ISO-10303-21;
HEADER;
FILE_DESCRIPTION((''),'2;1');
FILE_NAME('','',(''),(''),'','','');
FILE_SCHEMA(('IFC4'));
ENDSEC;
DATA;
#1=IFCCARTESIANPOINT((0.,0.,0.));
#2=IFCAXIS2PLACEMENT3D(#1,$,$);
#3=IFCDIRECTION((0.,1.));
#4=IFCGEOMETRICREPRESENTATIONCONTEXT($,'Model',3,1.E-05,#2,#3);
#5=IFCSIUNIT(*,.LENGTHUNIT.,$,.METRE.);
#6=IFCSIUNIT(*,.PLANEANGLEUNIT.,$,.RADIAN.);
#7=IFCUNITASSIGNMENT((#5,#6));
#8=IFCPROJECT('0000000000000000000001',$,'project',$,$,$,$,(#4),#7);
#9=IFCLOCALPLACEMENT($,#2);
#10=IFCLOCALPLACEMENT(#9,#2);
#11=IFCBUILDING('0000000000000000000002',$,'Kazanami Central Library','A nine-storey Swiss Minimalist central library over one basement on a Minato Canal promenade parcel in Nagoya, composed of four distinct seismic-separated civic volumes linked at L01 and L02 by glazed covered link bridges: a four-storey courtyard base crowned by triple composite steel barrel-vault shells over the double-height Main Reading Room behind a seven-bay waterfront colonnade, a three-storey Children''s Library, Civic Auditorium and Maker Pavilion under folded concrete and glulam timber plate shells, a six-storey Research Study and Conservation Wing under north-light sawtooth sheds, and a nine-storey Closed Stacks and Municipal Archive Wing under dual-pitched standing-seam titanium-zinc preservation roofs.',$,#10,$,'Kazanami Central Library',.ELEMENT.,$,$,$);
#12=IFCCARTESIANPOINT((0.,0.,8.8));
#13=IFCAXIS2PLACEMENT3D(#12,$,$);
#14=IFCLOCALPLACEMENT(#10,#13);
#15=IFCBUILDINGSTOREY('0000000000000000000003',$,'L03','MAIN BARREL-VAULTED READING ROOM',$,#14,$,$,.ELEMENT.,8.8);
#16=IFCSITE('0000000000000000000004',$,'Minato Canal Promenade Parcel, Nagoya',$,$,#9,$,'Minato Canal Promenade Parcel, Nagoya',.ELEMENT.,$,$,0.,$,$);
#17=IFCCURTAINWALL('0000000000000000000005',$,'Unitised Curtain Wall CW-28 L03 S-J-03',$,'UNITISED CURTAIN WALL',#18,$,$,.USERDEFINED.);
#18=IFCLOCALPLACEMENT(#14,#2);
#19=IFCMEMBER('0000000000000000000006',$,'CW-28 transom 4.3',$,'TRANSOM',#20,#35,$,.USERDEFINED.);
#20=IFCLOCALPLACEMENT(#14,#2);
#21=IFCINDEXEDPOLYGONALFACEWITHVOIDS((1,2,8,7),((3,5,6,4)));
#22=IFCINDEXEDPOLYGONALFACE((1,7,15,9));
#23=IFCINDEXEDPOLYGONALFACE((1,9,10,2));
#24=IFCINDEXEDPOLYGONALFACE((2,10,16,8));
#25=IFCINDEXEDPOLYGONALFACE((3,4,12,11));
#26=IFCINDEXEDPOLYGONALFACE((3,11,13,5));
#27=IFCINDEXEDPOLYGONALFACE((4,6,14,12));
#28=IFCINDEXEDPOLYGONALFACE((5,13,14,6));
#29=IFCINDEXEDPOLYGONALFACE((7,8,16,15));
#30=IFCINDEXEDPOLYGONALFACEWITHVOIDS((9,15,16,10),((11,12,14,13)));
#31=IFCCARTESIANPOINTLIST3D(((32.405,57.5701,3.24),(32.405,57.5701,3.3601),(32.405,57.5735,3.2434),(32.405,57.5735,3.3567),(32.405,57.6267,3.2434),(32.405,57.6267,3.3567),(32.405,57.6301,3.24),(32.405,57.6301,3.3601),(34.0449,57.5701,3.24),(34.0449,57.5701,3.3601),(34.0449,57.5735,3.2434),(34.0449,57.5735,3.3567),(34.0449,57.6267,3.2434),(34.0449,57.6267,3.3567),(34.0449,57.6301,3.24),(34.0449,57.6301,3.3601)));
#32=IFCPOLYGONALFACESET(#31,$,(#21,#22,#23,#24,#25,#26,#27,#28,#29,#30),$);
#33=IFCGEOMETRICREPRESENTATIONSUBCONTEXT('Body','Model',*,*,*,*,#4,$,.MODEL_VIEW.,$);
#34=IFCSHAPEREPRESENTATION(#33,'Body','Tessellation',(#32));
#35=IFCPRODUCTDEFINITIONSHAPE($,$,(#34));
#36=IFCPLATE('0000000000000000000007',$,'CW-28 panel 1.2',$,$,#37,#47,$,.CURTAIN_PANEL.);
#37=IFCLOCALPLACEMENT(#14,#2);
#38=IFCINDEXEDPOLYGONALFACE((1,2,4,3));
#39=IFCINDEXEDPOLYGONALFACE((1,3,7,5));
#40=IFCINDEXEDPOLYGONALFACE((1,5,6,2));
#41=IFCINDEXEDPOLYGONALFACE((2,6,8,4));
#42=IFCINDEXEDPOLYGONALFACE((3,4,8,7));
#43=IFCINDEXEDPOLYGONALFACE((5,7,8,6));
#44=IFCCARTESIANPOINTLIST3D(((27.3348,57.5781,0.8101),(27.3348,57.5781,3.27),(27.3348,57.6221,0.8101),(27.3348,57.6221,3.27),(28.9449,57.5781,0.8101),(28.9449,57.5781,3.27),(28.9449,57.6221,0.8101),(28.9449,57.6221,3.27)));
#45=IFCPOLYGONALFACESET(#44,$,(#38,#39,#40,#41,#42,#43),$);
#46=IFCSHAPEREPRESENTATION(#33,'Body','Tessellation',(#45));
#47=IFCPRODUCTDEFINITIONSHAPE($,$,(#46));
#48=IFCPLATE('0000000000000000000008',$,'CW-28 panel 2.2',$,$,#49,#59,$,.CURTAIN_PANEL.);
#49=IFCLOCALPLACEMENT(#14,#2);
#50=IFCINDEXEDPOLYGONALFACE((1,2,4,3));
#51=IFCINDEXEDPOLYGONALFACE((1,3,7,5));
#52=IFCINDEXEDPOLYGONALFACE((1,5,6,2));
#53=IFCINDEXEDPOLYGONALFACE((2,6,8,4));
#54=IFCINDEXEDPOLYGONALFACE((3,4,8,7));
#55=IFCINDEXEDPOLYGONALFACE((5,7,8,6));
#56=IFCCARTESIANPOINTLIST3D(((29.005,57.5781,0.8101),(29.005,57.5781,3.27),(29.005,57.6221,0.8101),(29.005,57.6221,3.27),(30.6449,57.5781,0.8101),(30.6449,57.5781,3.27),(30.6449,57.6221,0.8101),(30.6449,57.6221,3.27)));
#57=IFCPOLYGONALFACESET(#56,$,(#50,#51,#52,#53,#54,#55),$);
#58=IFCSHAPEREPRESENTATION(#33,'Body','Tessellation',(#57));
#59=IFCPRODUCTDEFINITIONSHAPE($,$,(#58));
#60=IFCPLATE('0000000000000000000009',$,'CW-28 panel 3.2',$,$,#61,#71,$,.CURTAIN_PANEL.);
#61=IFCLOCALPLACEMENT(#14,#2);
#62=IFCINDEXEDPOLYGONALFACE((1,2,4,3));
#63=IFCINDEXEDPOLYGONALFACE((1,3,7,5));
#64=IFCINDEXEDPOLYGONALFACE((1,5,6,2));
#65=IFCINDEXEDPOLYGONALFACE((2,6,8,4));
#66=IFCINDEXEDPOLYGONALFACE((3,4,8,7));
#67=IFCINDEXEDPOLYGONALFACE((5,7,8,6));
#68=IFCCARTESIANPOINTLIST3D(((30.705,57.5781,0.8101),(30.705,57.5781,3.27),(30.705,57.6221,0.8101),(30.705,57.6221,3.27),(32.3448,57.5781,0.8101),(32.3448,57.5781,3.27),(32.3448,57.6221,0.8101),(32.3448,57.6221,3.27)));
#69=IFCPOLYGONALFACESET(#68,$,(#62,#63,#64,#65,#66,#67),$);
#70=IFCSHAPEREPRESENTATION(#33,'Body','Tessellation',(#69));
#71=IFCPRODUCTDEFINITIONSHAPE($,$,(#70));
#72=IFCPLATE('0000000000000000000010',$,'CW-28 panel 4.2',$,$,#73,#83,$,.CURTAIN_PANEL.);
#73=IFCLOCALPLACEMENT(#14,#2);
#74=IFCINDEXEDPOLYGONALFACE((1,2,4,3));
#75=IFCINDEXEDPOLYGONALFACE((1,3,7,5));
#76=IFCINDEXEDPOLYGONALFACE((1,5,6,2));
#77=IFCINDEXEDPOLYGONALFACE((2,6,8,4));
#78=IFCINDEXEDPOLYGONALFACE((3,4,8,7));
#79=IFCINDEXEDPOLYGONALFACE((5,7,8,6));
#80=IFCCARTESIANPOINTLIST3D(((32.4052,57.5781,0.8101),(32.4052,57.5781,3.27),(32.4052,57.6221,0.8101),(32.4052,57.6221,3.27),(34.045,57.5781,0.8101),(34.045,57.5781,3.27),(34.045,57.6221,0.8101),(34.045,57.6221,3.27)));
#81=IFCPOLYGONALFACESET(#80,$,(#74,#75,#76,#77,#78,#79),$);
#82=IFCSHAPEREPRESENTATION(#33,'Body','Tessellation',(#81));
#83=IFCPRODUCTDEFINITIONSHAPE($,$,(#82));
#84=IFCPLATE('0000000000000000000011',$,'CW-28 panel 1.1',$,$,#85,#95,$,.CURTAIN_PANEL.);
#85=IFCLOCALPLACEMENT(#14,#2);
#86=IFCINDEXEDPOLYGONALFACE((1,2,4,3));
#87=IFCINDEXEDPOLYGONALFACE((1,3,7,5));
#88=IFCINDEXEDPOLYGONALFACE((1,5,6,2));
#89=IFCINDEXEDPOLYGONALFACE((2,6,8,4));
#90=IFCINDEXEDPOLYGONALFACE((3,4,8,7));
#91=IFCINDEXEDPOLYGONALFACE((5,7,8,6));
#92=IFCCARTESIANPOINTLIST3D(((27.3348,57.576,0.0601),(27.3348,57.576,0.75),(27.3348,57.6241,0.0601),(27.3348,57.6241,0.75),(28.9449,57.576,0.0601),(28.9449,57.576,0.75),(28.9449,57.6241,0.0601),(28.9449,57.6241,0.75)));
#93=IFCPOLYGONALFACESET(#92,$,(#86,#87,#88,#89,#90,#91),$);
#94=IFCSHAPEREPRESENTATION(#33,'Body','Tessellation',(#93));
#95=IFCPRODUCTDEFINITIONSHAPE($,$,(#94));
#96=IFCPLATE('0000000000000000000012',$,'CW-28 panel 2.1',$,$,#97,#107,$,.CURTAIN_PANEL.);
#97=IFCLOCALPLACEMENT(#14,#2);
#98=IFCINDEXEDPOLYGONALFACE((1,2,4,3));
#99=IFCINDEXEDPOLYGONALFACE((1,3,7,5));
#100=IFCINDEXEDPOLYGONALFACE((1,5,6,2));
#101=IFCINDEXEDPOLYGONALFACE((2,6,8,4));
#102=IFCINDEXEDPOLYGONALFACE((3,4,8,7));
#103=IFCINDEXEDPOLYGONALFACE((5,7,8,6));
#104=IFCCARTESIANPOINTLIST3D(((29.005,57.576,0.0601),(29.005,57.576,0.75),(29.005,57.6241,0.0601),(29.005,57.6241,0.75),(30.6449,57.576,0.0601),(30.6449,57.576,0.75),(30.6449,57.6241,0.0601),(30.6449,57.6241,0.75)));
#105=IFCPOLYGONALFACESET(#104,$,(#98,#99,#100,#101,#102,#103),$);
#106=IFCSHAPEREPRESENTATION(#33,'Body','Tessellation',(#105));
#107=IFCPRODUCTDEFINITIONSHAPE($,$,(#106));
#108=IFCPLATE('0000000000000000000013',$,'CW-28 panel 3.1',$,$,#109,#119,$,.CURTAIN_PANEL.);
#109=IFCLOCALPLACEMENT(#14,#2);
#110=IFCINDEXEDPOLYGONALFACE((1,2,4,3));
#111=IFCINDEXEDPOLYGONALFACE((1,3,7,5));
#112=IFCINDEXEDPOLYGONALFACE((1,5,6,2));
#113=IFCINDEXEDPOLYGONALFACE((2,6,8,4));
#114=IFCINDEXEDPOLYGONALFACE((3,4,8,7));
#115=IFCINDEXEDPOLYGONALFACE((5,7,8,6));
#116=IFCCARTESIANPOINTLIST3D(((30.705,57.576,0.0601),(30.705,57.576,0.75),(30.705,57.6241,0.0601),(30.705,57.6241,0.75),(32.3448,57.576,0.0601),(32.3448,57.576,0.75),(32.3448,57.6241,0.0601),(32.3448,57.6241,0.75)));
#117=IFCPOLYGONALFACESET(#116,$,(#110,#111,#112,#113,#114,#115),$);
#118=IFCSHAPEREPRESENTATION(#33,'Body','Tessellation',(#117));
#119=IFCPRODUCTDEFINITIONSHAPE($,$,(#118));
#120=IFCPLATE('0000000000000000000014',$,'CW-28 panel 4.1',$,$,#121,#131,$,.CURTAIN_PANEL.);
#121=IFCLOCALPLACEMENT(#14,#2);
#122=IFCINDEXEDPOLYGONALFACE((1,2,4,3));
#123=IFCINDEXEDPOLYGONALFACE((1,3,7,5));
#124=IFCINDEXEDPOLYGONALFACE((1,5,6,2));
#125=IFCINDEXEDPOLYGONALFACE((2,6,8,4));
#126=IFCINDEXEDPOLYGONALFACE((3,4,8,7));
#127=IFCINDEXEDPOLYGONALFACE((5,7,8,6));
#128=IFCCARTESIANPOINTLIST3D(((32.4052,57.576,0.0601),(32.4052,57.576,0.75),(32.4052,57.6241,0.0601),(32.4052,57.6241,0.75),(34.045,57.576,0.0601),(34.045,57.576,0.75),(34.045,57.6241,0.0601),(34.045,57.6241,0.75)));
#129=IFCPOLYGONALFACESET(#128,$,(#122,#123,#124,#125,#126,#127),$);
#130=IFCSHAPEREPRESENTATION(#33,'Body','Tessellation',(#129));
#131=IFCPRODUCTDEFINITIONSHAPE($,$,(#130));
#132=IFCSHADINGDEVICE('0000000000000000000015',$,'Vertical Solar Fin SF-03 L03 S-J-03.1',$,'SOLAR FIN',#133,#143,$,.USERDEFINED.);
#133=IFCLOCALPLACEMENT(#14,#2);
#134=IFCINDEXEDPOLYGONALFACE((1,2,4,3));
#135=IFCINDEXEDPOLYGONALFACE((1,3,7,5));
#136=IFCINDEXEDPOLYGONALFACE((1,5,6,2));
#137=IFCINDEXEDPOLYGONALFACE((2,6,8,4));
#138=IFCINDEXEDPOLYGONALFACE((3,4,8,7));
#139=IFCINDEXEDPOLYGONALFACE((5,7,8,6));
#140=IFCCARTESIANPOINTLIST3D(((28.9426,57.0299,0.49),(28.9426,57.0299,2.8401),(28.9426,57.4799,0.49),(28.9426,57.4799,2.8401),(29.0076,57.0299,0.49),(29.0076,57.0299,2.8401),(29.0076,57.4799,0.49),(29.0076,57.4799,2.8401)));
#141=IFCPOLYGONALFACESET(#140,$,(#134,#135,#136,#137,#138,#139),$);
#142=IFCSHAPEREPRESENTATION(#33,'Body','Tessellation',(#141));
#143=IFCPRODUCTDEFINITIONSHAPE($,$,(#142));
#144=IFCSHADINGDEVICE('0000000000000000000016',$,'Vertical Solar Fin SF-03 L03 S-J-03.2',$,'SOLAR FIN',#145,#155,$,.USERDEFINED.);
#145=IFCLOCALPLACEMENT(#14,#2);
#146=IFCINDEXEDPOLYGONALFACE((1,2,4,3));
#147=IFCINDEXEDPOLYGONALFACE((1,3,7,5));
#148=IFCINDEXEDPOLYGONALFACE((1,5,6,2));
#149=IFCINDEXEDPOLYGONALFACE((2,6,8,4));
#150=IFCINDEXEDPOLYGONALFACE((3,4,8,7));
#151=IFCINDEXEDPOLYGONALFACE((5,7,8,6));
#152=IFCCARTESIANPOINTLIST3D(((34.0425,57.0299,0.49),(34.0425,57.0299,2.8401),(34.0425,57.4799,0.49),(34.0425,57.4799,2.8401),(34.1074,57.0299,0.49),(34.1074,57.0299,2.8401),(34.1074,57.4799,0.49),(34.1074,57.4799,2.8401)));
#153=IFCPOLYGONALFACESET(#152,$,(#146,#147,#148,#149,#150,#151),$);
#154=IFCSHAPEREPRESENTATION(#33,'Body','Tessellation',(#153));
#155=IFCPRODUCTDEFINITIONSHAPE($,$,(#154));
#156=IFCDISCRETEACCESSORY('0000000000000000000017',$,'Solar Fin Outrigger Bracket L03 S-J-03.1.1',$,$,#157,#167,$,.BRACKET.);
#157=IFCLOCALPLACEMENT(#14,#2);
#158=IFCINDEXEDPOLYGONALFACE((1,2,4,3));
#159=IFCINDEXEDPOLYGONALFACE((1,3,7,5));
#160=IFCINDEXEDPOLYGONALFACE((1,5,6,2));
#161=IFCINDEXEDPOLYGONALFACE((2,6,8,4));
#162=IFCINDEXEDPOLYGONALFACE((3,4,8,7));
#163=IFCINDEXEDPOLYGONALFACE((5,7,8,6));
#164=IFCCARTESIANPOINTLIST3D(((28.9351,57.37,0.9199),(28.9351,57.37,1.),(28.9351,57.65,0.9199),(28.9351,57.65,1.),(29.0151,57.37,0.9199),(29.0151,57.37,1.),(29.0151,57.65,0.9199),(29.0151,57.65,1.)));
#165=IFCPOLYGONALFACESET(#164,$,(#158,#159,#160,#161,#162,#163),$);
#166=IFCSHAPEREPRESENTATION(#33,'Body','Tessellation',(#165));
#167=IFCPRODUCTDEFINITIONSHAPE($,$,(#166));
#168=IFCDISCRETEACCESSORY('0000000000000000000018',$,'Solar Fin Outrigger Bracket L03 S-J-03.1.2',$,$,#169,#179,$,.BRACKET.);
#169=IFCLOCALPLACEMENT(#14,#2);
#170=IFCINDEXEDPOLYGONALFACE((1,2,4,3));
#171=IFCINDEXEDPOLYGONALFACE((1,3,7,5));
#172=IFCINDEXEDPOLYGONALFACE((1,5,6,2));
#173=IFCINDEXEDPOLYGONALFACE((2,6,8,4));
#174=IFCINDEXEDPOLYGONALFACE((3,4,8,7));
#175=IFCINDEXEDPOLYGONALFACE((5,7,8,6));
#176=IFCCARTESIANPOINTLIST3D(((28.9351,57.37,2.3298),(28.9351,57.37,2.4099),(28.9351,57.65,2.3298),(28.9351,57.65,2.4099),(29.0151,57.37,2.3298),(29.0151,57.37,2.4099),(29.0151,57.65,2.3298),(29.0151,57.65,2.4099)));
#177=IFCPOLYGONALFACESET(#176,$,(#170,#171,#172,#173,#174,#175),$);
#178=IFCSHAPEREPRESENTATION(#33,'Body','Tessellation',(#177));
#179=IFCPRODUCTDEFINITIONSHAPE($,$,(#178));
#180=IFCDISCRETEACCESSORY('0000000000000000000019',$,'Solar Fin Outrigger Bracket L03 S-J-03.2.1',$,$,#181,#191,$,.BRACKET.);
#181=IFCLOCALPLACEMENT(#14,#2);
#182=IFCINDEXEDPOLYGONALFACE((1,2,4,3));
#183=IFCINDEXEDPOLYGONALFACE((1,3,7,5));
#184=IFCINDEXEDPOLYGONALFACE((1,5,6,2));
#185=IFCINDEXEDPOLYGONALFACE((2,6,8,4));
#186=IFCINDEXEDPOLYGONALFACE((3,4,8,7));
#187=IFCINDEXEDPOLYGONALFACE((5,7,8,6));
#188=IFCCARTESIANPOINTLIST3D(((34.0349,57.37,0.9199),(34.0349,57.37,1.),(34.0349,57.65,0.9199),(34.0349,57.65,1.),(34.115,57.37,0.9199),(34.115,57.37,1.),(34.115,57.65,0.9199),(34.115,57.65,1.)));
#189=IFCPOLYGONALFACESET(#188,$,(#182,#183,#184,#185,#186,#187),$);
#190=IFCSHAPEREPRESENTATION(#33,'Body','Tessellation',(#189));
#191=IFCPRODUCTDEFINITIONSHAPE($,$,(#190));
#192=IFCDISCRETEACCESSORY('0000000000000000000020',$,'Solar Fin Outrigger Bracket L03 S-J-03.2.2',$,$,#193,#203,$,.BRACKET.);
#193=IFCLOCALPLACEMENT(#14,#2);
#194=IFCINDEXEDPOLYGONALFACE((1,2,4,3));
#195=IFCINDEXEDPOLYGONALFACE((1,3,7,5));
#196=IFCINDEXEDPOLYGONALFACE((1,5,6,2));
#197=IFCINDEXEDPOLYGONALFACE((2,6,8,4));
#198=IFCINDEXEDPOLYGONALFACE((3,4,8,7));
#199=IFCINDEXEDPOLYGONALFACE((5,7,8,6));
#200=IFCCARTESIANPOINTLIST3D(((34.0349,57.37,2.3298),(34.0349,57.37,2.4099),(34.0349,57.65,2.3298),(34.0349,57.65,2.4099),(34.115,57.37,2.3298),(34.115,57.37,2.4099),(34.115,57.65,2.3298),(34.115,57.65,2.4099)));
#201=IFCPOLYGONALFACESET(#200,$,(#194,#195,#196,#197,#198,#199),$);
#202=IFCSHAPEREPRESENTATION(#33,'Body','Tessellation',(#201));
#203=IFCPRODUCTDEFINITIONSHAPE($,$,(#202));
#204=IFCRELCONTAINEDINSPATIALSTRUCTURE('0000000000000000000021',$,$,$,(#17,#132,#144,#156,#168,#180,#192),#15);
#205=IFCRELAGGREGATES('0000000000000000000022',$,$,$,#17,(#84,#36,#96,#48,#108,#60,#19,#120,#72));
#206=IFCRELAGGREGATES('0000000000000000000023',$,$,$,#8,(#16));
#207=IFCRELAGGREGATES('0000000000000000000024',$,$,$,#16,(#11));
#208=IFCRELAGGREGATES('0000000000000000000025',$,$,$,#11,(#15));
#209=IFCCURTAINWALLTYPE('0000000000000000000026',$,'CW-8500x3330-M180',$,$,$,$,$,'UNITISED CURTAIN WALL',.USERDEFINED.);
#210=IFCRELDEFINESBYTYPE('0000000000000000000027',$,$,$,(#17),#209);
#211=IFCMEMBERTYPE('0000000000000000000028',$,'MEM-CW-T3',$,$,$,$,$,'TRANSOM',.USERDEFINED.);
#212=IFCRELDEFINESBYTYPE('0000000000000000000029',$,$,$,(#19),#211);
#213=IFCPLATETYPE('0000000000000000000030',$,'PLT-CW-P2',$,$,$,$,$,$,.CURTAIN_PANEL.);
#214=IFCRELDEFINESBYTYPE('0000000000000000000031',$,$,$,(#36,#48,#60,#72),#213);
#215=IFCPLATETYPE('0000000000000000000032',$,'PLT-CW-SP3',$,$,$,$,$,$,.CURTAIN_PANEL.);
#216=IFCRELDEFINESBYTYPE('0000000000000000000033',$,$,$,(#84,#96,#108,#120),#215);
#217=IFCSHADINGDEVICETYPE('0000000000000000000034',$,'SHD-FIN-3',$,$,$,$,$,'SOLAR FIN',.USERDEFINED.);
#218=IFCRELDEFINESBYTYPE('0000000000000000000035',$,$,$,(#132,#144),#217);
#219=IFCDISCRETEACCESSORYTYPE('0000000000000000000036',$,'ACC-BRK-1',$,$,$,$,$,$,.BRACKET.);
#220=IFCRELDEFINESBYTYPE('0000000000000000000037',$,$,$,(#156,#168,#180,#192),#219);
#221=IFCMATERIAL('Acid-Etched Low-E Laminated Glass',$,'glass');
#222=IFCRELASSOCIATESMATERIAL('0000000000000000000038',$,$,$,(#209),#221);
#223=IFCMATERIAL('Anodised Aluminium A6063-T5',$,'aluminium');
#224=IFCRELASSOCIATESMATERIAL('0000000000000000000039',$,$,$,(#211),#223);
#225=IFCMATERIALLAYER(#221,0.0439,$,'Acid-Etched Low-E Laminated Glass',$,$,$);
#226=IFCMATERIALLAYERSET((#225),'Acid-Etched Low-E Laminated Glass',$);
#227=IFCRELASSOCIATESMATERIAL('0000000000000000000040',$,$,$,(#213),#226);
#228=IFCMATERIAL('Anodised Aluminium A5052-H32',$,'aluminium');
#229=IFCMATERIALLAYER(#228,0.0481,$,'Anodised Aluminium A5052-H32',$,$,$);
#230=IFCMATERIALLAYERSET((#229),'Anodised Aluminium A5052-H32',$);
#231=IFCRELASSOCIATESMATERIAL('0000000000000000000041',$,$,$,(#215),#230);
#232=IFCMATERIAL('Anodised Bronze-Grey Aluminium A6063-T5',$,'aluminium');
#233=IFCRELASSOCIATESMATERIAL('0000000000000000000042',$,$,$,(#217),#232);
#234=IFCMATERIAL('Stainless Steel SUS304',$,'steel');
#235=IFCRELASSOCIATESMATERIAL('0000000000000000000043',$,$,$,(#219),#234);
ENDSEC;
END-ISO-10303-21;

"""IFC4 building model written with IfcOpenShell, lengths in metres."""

from ifc_helpers import new_model, si_unit, direction, frame, origin, origin_2d, place, context, subcontext, project, spatial, rectangle, hollow_rectangle, extrude, material, layer, layer_set, material_profile, profile_set, type_object, element, aggregate, save


model = new_model("IFC4")

# Units and contexts
model_context = context("Model", 3, precision=1e-05, world=origin(), true_north=direction((0.0, 1.0)))
body_context = subcontext(model_context, "Body", "Model", "MODEL_VIEW")
ifc_project = project(units=[si_unit("LENGTHUNIT", "METRE"), si_unit("PLANEANGLEUNIT", "RADIAN")], contexts=[model_context])

# Site, building, storey
site_placement = place(None, origin())
site = spatial("IfcSite", under=ifc_project, at=site_placement, Name="Minato Canal Promenade Parcel, Nagoya", LongName="Minato Canal Promenade Parcel, Nagoya", CompositionType="ELEMENT", RefElevation=0.0)
building_placement = place(site_placement, origin())
building = spatial("IfcBuilding", under=site, at=building_placement, Name="Kazanami Central Library", Description="A nine-storey Swiss Minimalist central library over one basement on a Minato Canal promenade parcel in Nagoya, composed of four distinct seismic-separated civic volumes linked at L01 and L02 by glazed covered link bridges: a four-storey courtyard base crowned by triple composite steel barrel-vault shells over the double-height Main Reading Room behind a seven-bay waterfront colonnade, a three-storey Children's Library, Civic Auditorium and Maker Pavilion under folded concrete and glulam timber plate shells, a six-storey Research Study and Conservation Wing under north-light sawtooth sheds, and a nine-storey Closed Stacks and Municipal Archive Wing under dual-pitched standing-seam titanium-zinc preservation roofs.", LongName="Kazanami Central Library", CompositionType="ELEMENT")
storey_placement = place(building_placement, frame((0.0, 0.0, 8.8)))
storey = spatial("IfcBuildingStorey", under=building, at=storey_placement, Name="L03", Description="MAIN BARREL-VAULTED READING ROOM", CompositionType="ELEMENT", Elevation=8.8)

# Curtain wall, member, plates
ifc_material_1 = material(Name="Acid-Etched Low-E Laminated Glass", Category="glass")
curtain_wall_type = type_object("IfcCurtainWallType", Name="CW-8500x3330-M180", ElementType="UNITISED CURTAIN WALL", PredefinedType="USERDEFINED", material=ifc_material_1)
curtain_wall_placement = place(storey_placement, origin())
curtain_wall = element("IfcCurtainWall", 1, at=curtain_wall_placement, inside=storey, type_object=curtain_wall_type, Name="Unitised Curtain Wall CW-28 L03 S-J-03", ObjectType="UNITISED CURTAIN WALL", PredefinedType="USERDEFINED")
ifc_material_2 = material(Name="Anodised Aluminium A6063-T5", Category="aluminium")
ifc_material_profile_1 = material_profile(ifc_material_2, hollow_rectangle(XDim=0.0601, YDim=0.1201, WallThickness=0.0034, at=origin_2d()), Name="ALU-TRAN-60x120x3.5")
ifc_profile_set_1 = profile_set([ifc_material_profile_1], Name="Anodised Aluminium A6063-T5")
member_type_1 = type_object("IfcMemberType", Name="MEM-CW-T3", ElementType="TRANSOM", PredefinedType="USERDEFINED", material=ifc_profile_set_1)
member_1_placement = place(storey_placement, frame((32.405, 57.6001, 3.3), z_axis=(1.0, 0.0, 0.0), x_axis=(0.0, 1.0, 0.0)))
member_1 = element("IfcMember", 2, at=member_1_placement, type_object=member_type_1, Name="CW-28 transom 4.3", ObjectType="TRANSOM", PredefinedType="USERDEFINED", context=body_context, shape_type="SweptSolid", body=[
    extrude(hollow_rectangle(XDim=0.0601, YDim=0.1201, WallThickness=0.0034, at=origin_2d()), origin(), (0.0, 0.0, 1.0), 1.6399),
])
ifc_layer_1 = layer(ifc_material_1, 0.0439, Name="Acid-Etched Low-E Laminated Glass")
ifc_layer_set_1 = layer_set([ifc_layer_1], Name="Acid-Etched Low-E Laminated Glass")
plate_type_1 = type_object("IfcPlateType", Name="PLT-CW-P2", PredefinedType="CURTAIN_PANEL", material=ifc_layer_set_1)
plate_1_placement = place(storey_placement, frame((28.1399, 57.6001, 0.8101), z_axis=(0.0, 0.0, 1.0), x_axis=(1.0, 0.0, 0.0)))
plate_1 = element("IfcPlate", 3, at=plate_1_placement, type_object=plate_type_1, Name="CW-28 panel 1.2", PredefinedType="CURTAIN_PANEL", context=body_context, shape_type="SweptSolid", body=[
    extrude(rectangle(XDim=1.6101, YDim=0.0439, at=origin_2d()), origin(), (0.0, 0.0, 1.0), 2.46),
])
plate_2_placement = place(storey_placement, frame((29.825, 57.6001, 0.8101), z_axis=(0.0, 0.0, 1.0), x_axis=(1.0, 0.0, 0.0)))
plate_2 = element("IfcPlate", 4, at=plate_2_placement, type_object=plate_type_1, Name="CW-28 panel 2.2", PredefinedType="CURTAIN_PANEL", context=body_context, shape_type="SweptSolid", body=[
    extrude(rectangle(XDim=1.6399, YDim=0.0439, at=origin_2d()), origin(), (0.0, 0.0, 1.0), 2.46),
])
plate_3_placement = place(storey_placement, frame((31.5249, 57.6001, 0.8101), z_axis=(0.0, 0.0, 1.0), x_axis=(1.0, 0.0, 0.0)))
plate_3 = element("IfcPlate", 5, at=plate_3_placement, type_object=plate_type_1, Name="CW-28 panel 3.2", PredefinedType="CURTAIN_PANEL", context=body_context, shape_type="SweptSolid", body=[
    extrude(rectangle(XDim=1.6399, YDim=0.0439, at=origin_2d()), origin(), (0.0, 0.0, 1.0), 2.46),
])
plate_4_placement = place(storey_placement, frame((33.2251, 57.6001, 0.8101), z_axis=(0.0, 0.0, 1.0), x_axis=(1.0, 0.0, 0.0)))
plate_4 = element("IfcPlate", 6, at=plate_4_placement, type_object=plate_type_1, Name="CW-28 panel 4.2", PredefinedType="CURTAIN_PANEL", context=body_context, shape_type="SweptSolid", body=[
    extrude(rectangle(XDim=1.6399, YDim=0.0439, at=origin_2d()), origin(), (0.0, 0.0, 1.0), 2.46),
])
ifc_material_3 = material(Name="Anodised Aluminium A5052-H32", Category="aluminium")
ifc_layer_2 = layer(ifc_material_3, 0.0481, Name="Anodised Aluminium A5052-H32")
ifc_layer_set_2 = layer_set([ifc_layer_2], Name="Anodised Aluminium A5052-H32")
plate_type_2 = type_object("IfcPlateType", Name="PLT-CW-SP3", PredefinedType="CURTAIN_PANEL", material=ifc_layer_set_2)
plate_5_placement = place(storey_placement, frame((28.1399, 57.6001, 0.0601), z_axis=(0.0, 0.0, 1.0), x_axis=(1.0, 0.0, 0.0)))
plate_5 = element("IfcPlate", 7, at=plate_5_placement, type_object=plate_type_2, Name="CW-28 panel 1.1", PredefinedType="CURTAIN_PANEL", context=body_context, shape_type="SweptSolid", body=[
    extrude(rectangle(XDim=1.6101, YDim=0.0481, at=origin_2d()), origin(), (0.0, 0.0, 1.0), 0.6899),
])
plate_6_placement = place(storey_placement, frame((29.825, 57.6001, 0.0601), z_axis=(0.0, 0.0, 1.0), x_axis=(1.0, 0.0, 0.0)))
plate_6 = element("IfcPlate", 8, at=plate_6_placement, type_object=plate_type_2, Name="CW-28 panel 2.1", PredefinedType="CURTAIN_PANEL", context=body_context, shape_type="SweptSolid", body=[
    extrude(rectangle(XDim=1.6399, YDim=0.0481, at=origin_2d()), origin(), (0.0, 0.0, 1.0), 0.6899),
])
plate_7_placement = place(storey_placement, frame((31.5249, 57.6001, 0.0601), z_axis=(0.0, 0.0, 1.0), x_axis=(1.0, 0.0, 0.0)))
plate_7 = element("IfcPlate", 9, at=plate_7_placement, type_object=plate_type_2, Name="CW-28 panel 3.1", PredefinedType="CURTAIN_PANEL", context=body_context, shape_type="SweptSolid", body=[
    extrude(rectangle(XDim=1.6399, YDim=0.0481, at=origin_2d()), origin(), (0.0, 0.0, 1.0), 0.6899),
])
plate_8_placement = place(storey_placement, frame((33.2251, 57.6001, 0.0601), z_axis=(0.0, 0.0, 1.0), x_axis=(1.0, 0.0, 0.0)))
plate_8 = element("IfcPlate", 10, at=plate_8_placement, type_object=plate_type_2, Name="CW-28 panel 4.1", PredefinedType="CURTAIN_PANEL", context=body_context, shape_type="SweptSolid", body=[
    extrude(rectangle(XDim=1.6399, YDim=0.0481, at=origin_2d()), origin(), (0.0, 0.0, 1.0), 0.6899),
])
aggregate(curtain_wall, [plate_5, plate_1, plate_6, plate_2, plate_7, plate_3, member_1, plate_8, plate_4])

# Shading devices
ifc_material_4 = material(Name="Anodised Bronze-Grey Aluminium A6063-T5", Category="aluminium")
shading_device_type = type_object("IfcShadingDeviceType", Name="SHD-FIN-3", ElementType="SOLAR FIN", PredefinedType="USERDEFINED", material=ifc_material_4)
for number, where, z_axis, x_axis, name in (
    (11, (28.9751, 57.2549, 0.49), (0.0, 0.0, 1.0), (1.0, 0.0, 0.0), "Vertical Solar Fin SF-03 L03 S-J-03.1"),
    (12, (34.075, 57.2549, 0.49), (0.0, 0.0, 1.0), (1.0, 0.0, 0.0), "Vertical Solar Fin SF-03 L03 S-J-03.2"),
):
    element("IfcShadingDevice", number, at=place(storey_placement, frame(where, z_axis=z_axis, x_axis=x_axis)), inside=storey, type_object=shading_device_type, Name=name, ObjectType="SOLAR FIN", PredefinedType="USERDEFINED", context=body_context, shape_type="SweptSolid", body=[
        extrude(rectangle(XDim=0.0649, YDim=0.45, at=origin_2d()), origin(), (0.0, 0.0, 1.0), 2.3501),
    ])

# Discrete accessories
ifc_material_5 = material(Name="Stainless Steel SUS304", Category="steel")
discrete_accessory_type = type_object("IfcDiscreteAccessoryType", Name="ACC-BRK-1", PredefinedType="BRACKET", material=ifc_material_5)
for number, where, z_axis, x_axis, name in (
    (13, (28.9751, 57.51, 0.9199), (0.0, 0.0, 1.0), (1.0, 0.0, 0.0), "Solar Fin Outrigger Bracket L03 S-J-03.1.1"),
    (14, (28.9751, 57.51, 2.3298), (0.0, 0.0, 1.0), (1.0, 0.0, 0.0), "Solar Fin Outrigger Bracket L03 S-J-03.1.2"),
    (15, (34.075, 57.51, 0.9199), (0.0, 0.0, 1.0), (1.0, 0.0, 0.0), "Solar Fin Outrigger Bracket L03 S-J-03.2.1"),
    (16, (34.075, 57.51, 2.3298), (0.0, 0.0, 1.0), (1.0, 0.0, 0.0), "Solar Fin Outrigger Bracket L03 S-J-03.2.2"),
):
    element("IfcDiscreteAccessory", number, at=place(storey_placement, frame(where, z_axis=z_axis, x_axis=x_axis)), inside=storey, type_object=discrete_accessory_type, Name=name, PredefinedType="BRACKET", context=body_context, shape_type="SweptSolid", body=[
        extrude(rectangle(XDim=0.0801, YDim=0.28, at=origin_2d()), origin(), (0.0, 0.0, 1.0), 0.0801),
    ])

save(model, "model.ifc")
